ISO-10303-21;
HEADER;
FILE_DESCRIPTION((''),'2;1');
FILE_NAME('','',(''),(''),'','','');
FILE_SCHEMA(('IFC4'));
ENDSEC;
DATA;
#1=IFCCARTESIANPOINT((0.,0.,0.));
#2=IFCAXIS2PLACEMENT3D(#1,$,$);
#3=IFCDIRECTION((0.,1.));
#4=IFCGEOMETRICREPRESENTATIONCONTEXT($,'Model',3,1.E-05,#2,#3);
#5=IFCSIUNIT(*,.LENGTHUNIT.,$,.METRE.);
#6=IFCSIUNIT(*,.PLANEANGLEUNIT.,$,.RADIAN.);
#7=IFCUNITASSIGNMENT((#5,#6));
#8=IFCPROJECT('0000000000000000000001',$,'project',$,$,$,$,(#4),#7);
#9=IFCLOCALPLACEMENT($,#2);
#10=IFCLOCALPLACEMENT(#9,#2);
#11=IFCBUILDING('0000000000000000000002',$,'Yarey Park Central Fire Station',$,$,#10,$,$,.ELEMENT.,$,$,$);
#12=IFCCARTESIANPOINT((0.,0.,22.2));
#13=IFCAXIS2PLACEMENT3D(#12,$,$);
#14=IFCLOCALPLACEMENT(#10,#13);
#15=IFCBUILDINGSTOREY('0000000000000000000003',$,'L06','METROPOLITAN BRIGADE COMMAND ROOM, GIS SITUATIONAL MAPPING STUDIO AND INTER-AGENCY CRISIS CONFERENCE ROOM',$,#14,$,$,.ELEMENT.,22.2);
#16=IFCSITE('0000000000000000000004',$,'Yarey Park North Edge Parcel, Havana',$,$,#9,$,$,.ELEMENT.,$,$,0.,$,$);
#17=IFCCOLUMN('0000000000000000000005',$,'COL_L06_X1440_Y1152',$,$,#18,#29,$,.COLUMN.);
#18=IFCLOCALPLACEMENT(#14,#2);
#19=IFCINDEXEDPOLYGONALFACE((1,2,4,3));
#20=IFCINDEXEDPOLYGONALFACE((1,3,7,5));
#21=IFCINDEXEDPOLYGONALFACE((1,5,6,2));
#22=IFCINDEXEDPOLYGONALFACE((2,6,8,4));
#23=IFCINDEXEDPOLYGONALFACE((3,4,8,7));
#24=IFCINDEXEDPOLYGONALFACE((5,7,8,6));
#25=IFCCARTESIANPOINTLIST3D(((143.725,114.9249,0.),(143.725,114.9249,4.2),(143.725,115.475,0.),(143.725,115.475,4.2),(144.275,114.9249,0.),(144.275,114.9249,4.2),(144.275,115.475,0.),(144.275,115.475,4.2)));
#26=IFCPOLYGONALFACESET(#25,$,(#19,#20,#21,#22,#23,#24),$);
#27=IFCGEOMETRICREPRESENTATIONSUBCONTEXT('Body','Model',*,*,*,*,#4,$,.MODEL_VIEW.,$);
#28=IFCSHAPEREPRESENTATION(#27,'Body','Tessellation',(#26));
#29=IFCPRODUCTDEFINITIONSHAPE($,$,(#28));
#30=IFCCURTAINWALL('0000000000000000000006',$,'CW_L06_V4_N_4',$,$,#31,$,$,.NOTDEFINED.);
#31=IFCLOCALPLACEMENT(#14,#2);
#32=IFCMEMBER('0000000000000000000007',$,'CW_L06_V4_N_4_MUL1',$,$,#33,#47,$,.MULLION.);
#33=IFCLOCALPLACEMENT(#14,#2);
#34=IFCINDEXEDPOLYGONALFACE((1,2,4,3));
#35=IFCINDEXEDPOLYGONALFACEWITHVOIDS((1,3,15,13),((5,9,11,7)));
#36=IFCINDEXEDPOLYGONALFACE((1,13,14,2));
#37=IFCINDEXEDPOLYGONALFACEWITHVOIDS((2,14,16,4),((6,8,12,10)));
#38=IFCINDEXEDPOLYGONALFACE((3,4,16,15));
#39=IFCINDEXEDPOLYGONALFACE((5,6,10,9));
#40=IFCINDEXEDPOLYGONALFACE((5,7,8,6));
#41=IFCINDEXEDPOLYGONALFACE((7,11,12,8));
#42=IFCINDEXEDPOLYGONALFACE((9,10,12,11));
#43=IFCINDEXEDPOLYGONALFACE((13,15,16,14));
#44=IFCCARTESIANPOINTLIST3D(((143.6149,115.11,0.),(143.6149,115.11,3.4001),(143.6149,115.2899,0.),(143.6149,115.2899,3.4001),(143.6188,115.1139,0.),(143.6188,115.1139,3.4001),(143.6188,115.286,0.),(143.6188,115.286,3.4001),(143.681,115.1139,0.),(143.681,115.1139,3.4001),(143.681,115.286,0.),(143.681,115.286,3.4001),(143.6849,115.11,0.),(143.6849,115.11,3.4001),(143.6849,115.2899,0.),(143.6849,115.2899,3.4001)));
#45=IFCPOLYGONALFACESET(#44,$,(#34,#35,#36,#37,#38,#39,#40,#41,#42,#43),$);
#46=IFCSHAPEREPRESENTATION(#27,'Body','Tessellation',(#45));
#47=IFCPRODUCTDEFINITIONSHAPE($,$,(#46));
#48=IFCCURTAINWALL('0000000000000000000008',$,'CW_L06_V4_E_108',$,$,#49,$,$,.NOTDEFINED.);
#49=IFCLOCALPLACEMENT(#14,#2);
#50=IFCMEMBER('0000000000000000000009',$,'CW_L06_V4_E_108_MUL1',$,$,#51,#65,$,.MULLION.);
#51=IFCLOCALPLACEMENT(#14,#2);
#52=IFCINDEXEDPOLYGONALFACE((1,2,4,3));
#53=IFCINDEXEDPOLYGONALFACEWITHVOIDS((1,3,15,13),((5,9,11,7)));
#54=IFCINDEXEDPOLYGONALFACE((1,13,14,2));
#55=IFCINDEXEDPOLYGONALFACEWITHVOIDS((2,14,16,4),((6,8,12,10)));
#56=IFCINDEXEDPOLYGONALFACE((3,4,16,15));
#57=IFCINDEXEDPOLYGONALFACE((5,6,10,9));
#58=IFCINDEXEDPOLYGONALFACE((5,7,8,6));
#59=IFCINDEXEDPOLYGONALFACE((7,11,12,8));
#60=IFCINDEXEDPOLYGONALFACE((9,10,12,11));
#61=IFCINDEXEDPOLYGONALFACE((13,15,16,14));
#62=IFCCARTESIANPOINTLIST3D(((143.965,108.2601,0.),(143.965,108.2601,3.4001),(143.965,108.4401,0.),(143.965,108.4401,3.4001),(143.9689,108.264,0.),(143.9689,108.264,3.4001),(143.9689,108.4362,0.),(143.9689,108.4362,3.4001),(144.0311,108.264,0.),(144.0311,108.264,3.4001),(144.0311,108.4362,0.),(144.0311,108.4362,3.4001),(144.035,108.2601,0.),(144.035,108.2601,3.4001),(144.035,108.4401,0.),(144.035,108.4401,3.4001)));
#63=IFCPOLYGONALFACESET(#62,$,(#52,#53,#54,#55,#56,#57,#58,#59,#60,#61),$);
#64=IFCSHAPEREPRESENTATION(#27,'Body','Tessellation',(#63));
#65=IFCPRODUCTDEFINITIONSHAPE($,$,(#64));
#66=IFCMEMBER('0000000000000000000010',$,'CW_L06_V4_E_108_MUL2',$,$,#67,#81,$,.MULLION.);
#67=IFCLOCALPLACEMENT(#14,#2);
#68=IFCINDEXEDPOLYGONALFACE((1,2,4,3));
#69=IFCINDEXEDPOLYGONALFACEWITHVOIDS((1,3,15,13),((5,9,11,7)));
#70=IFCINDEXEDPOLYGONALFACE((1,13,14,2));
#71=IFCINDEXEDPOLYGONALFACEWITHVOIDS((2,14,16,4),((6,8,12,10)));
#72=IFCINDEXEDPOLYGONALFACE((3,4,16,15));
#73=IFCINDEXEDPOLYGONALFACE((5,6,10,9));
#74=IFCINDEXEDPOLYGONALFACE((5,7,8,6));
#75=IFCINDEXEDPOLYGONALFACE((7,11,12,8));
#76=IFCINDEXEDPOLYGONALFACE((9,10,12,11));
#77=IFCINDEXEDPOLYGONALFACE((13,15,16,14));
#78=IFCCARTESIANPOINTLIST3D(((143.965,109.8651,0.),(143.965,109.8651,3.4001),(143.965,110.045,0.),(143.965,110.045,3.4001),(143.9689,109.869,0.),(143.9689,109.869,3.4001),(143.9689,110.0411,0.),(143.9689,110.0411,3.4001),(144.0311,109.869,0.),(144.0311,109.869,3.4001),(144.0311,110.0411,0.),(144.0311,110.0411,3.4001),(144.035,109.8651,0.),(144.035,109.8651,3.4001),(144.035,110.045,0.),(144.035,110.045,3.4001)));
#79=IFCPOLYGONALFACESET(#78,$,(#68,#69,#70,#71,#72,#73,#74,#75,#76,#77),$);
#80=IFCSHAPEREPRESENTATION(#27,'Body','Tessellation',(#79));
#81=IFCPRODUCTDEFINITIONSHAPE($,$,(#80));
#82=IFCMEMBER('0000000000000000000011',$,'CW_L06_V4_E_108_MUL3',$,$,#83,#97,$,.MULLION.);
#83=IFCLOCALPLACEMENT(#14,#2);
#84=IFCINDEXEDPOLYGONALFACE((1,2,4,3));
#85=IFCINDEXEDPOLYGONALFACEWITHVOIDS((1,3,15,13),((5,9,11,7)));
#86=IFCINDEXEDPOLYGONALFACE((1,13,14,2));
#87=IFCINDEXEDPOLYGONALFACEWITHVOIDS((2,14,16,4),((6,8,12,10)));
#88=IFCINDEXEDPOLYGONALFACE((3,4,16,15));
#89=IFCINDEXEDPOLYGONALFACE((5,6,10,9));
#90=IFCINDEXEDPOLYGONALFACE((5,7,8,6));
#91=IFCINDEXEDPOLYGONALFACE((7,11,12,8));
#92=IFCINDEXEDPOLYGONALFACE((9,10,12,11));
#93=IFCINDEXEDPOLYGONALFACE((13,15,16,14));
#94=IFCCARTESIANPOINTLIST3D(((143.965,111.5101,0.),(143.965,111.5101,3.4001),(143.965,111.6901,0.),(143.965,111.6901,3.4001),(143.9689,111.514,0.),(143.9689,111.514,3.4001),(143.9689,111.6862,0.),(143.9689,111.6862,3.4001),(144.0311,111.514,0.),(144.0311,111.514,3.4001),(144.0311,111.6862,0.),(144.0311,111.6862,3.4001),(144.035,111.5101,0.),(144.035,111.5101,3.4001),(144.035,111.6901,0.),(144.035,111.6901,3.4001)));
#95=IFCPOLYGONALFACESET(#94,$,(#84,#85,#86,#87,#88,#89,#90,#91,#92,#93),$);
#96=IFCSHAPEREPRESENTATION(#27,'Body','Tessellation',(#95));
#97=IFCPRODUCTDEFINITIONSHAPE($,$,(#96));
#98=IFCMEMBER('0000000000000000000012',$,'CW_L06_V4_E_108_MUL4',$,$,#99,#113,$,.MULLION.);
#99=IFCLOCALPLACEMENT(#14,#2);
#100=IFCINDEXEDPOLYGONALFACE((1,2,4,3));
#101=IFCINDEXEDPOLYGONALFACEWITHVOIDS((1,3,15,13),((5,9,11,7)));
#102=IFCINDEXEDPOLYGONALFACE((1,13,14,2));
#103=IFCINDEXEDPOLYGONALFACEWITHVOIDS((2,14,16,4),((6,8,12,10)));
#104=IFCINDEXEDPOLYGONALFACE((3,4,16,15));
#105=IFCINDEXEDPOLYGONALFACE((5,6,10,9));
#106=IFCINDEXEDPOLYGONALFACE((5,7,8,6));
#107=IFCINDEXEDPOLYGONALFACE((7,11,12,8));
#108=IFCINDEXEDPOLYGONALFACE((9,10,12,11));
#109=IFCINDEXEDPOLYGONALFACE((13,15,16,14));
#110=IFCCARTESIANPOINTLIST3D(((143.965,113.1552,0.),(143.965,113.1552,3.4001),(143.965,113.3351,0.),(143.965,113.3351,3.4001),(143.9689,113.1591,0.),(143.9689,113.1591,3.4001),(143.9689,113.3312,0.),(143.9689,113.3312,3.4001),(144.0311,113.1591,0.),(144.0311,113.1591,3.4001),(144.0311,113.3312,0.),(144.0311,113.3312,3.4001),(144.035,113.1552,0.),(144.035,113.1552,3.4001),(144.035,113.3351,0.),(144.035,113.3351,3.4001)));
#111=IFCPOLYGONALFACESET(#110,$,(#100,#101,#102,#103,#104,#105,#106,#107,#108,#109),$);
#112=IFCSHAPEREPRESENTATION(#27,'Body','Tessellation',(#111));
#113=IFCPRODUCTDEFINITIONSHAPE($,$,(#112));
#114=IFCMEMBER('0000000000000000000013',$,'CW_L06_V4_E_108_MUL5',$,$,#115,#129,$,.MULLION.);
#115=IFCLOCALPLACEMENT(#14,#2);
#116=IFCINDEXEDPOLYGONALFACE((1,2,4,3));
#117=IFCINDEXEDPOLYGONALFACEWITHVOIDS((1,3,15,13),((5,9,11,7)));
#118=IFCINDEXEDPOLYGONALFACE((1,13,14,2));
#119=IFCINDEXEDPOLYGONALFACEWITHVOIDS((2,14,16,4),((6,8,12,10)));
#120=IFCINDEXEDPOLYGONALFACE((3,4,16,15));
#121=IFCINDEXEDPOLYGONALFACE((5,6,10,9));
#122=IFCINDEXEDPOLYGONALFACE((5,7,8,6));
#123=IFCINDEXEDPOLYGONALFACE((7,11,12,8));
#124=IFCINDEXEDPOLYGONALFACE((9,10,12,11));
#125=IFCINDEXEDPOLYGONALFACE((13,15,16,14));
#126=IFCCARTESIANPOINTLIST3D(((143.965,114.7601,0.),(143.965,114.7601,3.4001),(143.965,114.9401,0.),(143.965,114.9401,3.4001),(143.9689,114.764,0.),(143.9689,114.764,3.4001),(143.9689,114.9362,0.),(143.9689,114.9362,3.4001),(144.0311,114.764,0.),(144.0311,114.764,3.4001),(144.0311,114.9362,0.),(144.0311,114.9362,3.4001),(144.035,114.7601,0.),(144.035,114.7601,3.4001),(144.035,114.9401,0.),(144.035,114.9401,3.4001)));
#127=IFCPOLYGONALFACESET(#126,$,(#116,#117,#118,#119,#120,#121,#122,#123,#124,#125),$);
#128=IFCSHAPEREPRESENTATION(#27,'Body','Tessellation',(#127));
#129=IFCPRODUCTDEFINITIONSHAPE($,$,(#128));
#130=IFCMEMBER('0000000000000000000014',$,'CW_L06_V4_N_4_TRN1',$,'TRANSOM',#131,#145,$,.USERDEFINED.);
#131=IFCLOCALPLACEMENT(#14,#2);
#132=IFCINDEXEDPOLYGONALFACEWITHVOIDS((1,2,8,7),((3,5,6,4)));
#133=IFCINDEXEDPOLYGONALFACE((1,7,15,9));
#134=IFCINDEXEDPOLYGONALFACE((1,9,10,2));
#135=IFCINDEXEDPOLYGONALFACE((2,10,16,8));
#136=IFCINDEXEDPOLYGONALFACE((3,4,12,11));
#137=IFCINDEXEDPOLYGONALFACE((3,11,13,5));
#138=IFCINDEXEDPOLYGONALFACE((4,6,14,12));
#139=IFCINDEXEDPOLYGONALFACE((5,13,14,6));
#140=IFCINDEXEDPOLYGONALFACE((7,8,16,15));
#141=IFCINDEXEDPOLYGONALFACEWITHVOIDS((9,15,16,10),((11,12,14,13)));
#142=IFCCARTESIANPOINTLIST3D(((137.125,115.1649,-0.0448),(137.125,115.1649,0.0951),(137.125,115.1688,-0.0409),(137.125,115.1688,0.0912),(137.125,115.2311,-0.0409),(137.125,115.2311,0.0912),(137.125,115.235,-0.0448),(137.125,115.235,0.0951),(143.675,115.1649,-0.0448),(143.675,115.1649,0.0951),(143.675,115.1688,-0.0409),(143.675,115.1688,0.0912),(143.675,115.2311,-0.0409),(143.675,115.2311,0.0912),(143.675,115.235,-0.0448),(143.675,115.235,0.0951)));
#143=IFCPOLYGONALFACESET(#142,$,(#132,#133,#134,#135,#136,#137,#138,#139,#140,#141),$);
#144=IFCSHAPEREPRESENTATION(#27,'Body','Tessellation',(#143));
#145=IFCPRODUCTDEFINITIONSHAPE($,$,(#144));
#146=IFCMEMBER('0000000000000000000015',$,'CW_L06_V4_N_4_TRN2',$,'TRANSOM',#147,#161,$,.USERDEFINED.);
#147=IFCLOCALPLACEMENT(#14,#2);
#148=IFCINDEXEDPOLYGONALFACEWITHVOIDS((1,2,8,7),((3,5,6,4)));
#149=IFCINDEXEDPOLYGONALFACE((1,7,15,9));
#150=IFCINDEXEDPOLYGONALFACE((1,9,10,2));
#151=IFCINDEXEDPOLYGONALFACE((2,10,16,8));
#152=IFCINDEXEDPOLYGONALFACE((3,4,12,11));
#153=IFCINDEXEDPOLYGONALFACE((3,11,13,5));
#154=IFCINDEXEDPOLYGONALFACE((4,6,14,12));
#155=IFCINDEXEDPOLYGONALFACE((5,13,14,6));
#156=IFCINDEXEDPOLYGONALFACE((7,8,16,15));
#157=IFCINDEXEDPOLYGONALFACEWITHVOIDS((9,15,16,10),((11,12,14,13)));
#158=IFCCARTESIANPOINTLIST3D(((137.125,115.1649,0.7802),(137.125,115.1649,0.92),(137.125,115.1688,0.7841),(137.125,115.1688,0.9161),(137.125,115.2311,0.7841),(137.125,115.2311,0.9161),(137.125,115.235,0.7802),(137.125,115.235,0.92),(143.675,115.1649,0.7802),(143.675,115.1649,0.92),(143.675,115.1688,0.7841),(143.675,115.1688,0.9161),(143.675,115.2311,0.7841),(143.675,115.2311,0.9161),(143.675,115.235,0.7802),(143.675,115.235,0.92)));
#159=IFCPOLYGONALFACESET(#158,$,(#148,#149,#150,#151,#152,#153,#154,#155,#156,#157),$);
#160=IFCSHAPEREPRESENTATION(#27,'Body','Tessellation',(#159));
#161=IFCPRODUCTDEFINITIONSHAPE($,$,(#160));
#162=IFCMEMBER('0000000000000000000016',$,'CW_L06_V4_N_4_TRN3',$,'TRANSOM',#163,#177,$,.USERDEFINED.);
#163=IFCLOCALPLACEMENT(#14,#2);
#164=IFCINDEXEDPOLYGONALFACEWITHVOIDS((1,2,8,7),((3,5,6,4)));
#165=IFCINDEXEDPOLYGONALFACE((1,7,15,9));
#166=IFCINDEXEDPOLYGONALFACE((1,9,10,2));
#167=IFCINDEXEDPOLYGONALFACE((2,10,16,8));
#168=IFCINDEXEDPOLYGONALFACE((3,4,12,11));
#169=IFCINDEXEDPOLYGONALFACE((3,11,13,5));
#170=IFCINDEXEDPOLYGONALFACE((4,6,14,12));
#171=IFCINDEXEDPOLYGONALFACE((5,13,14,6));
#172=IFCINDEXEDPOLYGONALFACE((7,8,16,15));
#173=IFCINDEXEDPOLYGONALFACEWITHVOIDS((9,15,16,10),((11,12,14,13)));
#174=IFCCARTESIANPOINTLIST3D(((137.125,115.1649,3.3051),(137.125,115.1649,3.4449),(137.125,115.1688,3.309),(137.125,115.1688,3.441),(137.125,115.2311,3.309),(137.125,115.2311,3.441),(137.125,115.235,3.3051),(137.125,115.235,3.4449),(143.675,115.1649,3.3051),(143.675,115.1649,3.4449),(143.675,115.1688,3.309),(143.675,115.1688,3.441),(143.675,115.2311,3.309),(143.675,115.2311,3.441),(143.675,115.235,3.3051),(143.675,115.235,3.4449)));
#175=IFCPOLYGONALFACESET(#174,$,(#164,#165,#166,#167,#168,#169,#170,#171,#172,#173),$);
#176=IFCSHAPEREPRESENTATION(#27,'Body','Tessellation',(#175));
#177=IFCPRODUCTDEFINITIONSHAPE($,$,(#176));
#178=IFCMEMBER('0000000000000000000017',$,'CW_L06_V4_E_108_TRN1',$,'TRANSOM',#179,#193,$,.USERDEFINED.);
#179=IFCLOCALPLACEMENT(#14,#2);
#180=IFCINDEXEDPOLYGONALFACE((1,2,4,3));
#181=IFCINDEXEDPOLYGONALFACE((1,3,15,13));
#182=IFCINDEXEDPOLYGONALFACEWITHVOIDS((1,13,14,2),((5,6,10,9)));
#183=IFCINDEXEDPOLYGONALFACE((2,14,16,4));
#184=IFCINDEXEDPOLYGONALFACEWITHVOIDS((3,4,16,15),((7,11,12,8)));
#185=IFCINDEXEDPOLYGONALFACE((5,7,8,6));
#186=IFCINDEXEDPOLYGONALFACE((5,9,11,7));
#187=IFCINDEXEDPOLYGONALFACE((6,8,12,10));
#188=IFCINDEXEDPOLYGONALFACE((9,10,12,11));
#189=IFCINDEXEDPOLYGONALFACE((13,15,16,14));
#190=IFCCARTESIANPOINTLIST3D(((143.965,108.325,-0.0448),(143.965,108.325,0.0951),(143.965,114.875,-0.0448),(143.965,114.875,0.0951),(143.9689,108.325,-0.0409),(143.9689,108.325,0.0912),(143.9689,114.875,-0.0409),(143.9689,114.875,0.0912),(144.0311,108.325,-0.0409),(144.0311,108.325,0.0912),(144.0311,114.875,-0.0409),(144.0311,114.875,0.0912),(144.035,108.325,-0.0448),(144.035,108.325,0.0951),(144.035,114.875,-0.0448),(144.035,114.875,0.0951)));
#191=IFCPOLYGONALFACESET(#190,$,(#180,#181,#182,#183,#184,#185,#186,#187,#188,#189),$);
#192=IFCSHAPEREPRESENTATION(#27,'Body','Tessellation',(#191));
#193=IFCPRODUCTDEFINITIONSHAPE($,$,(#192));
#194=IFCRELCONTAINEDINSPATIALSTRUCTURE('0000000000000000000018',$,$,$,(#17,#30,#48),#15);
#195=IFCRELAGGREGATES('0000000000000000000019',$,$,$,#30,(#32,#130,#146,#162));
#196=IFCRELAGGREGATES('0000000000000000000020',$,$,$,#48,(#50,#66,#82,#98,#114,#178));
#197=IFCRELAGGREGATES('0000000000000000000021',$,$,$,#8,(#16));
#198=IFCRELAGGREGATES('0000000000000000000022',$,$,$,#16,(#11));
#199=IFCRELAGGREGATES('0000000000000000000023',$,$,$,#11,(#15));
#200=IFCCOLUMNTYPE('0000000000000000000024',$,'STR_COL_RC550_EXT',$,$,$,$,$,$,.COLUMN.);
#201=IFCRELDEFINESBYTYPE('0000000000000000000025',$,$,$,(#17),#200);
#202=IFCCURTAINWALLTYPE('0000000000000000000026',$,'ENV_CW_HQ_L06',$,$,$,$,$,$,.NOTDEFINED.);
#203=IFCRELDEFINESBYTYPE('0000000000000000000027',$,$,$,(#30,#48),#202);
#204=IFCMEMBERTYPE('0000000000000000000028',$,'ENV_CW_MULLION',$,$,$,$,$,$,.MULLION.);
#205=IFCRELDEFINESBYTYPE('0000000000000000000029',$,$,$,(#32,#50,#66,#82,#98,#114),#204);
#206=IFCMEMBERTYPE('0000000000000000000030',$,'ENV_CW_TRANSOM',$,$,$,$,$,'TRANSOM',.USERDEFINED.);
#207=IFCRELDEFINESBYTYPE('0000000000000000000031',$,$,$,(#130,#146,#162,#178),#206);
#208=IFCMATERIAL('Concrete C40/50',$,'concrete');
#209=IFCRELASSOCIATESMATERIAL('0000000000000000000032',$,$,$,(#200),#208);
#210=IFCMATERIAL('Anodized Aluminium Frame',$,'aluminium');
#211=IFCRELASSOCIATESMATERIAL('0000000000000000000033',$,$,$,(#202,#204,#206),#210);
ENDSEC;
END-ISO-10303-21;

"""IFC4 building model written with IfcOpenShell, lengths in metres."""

from ifc_helpers import new_model, si_unit, direction, frame, origin, origin_2d, place, context, subcontext, project, spatial, rectangle, hollow_rectangle, extrude, material, material_profile, profile_set, type_object, element, aggregate, save


model = new_model("IFC4")

# Units and contexts
model_context = context("Model", 3, precision=1e-05, world=origin(), true_north=direction((0.0, 1.0)))
body_context = subcontext(model_context, "Body", "Model", "MODEL_VIEW")
ifc_project = project(units=[si_unit("LENGTHUNIT", "METRE"), si_unit("PLANEANGLEUNIT", "RADIAN")], contexts=[model_context])

# Site, building, storey
site_placement = place(None, origin())
site = spatial("IfcSite", under=ifc_project, at=site_placement, Name="Yarey Park North Edge Parcel, Havana", CompositionType="ELEMENT", RefElevation=0.0)
building_placement = place(site_placement, origin())
building = spatial("IfcBuilding", under=site, at=building_placement, Name="Yarey Park Central Fire Station", CompositionType="ELEMENT")
storey_placement = place(building_placement, frame((0.0, 0.0, 22.2)))
storey = spatial("IfcBuildingStorey", under=building, at=storey_placement, Name="L06", Description="METROPOLITAN BRIGADE COMMAND ROOM, GIS SITUATIONAL MAPPING STUDIO AND INTER-AGENCY CRISIS CONFERENCE ROOM", CompositionType="ELEMENT", Elevation=22.2)

# Column
ifc_material_1 = material(Name="Concrete C40/50", Category="concrete")
ifc_material_profile_1 = material_profile(ifc_material_1, rectangle(XDim=0.55, YDim=0.55, at=origin_2d()), Name="RC 550x550")
ifc_profile_set_1 = profile_set([ifc_material_profile_1], Name="Concrete C40/50")
column_type = type_object("IfcColumnType", Name="STR_COL_RC550_EXT", PredefinedType="COLUMN", material=ifc_profile_set_1)
column_placement = place(storey_placement, frame((144.0, 115.2, 0.0), z_axis=(0.0, 0.0, 1.0), x_axis=(1.0, 0.0, 0.0)))
element("IfcColumn", 1, at=column_placement, inside=storey, type_object=column_type, Name="COL_L06_X1440_Y1152", PredefinedType="COLUMN", context=body_context, shape_type="SweptSolid", body=[
    extrude(rectangle(XDim=0.55, YDim=0.55, at=origin_2d()), origin(), (0.0, 0.0, 1.0), 4.2),
])

# Curtain wall, member
ifc_material_2 = material(Name="Anodized Aluminium Frame", Category="aluminium")
curtain_wall_type = type_object("IfcCurtainWallType", Name="ENV_CW_HQ_L06", PredefinedType="NOTDEFINED", material=ifc_material_2)
curtain_wall_1_placement = place(storey_placement, origin())
curtain_wall_1 = element("IfcCurtainWall", 2, at=curtain_wall_1_placement, inside=storey, type_object=curtain_wall_type, Name="CW_L06_V4_N_4", PredefinedType="NOTDEFINED")
ifc_material_profile_2 = material_profile(ifc_material_2, hollow_rectangle(XDim=0.0701, YDim=0.1799, WallThickness=0.0039, at=origin_2d()), Name="ALU 180x70x4")
ifc_profile_set_2 = profile_set([ifc_material_profile_2], Name="Anodized Aluminium Frame")
member_type_1 = type_object("IfcMemberType", Name="ENV_CW_MULLION", PredefinedType="MULLION", material=ifc_profile_set_2)
member_1_placement = place(storey_placement, frame((143.6499, 115.2, 0.0), z_axis=(0.0, 0.0, 1.0), x_axis=(1.0, 0.0, 0.0)))
member_1 = element("IfcMember", 3, at=member_1_placement, type_object=member_type_1, Name="CW_L06_V4_N_4_MUL1", PredefinedType="MULLION", context=body_context, shape_type="SweptSolid", body=[
    extrude(hollow_rectangle(XDim=0.0701, YDim=0.1799, WallThickness=0.0039, at=origin_2d()), origin(), (0.0, 0.0, 1.0), 3.4001),
])

# Curtain wall, members
curtain_wall_2_placement = place(storey_placement, origin())
curtain_wall_2 = element("IfcCurtainWall", 4, at=curtain_wall_2_placement, inside=storey, type_object=curtain_wall_type, Name="CW_L06_V4_E_108", PredefinedType="NOTDEFINED")
member_2_placement = place(storey_placement, frame((144.0, 108.3501, 0.0), z_axis=(0.0, 0.0, 1.0), x_axis=(1.0, 0.0, 0.0)))
member_2 = element("IfcMember", 5, at=member_2_placement, type_object=member_type_1, Name="CW_L06_V4_E_108_MUL1", PredefinedType="MULLION", context=body_context, shape_type="SweptSolid", body=[
    extrude(hollow_rectangle(XDim=0.0701, YDim=0.1799, WallThickness=0.0039, at=origin_2d()), origin(), (0.0, 0.0, 1.0), 3.4001),
])
member_3_placement = place(storey_placement, frame((144.0, 109.9551, 0.0), z_axis=(0.0, 0.0, 1.0), x_axis=(1.0, 0.0, 0.0)))
member_3 = element("IfcMember", 6, at=member_3_placement, type_object=member_type_1, Name="CW_L06_V4_E_108_MUL2", PredefinedType="MULLION", context=body_context, shape_type="SweptSolid", body=[
    extrude(hollow_rectangle(XDim=0.0701, YDim=0.1799, WallThickness=0.0039, at=origin_2d()), origin(), (0.0, 0.0, 1.0), 3.4001),
])
member_4_placement = place(storey_placement, frame((144.0, 111.6001, 0.0), z_axis=(0.0, 0.0, 1.0), x_axis=(1.0, 0.0, 0.0)))
member_4 = element("IfcMember", 7, at=member_4_placement, type_object=member_type_1, Name="CW_L06_V4_E_108_MUL3", PredefinedType="MULLION", context=body_context, shape_type="SweptSolid", body=[
    extrude(hollow_rectangle(XDim=0.0701, YDim=0.1799, WallThickness=0.0039, at=origin_2d()), origin(), (0.0, 0.0, 1.0), 3.4001),
])
member_5_placement = place(storey_placement, frame((144.0, 113.2451, 0.0), z_axis=(0.0, 0.0, 1.0), x_axis=(1.0, 0.0, 0.0)))
member_5 = element("IfcMember", 8, at=member_5_placement, type_object=member_type_1, Name="CW_L06_V4_E_108_MUL4", PredefinedType="MULLION", context=body_context, shape_type="SweptSolid", body=[
    extrude(hollow_rectangle(XDim=0.0701, YDim=0.1799, WallThickness=0.0039, at=origin_2d()), origin(), (0.0, 0.0, 1.0), 3.4001),
])
member_6_placement = place(storey_placement, frame((144.0, 114.8501, 0.0), z_axis=(0.0, 0.0, 1.0), x_axis=(1.0, 0.0, 0.0)))
member_6 = element("IfcMember", 9, at=member_6_placement, type_object=member_type_1, Name="CW_L06_V4_E_108_MUL5", PredefinedType="MULLION", context=body_context, shape_type="SweptSolid", body=[
    extrude(hollow_rectangle(XDim=0.0701, YDim=0.1799, WallThickness=0.0039, at=origin_2d()), origin(), (0.0, 0.0, 1.0), 3.4001),
])

# Members
ifc_material_profile_3 = material_profile(ifc_material_2, hollow_rectangle(XDim=0.0701, YDim=0.1399, WallThickness=0.0039, at=origin_2d()), Name="ALU 140x70x4")
ifc_profile_set_3 = profile_set([ifc_material_profile_3], Name="Anodized Aluminium Frame")
member_type_2 = type_object("IfcMemberType", Name="ENV_CW_TRANSOM", ElementType="TRANSOM", PredefinedType="USERDEFINED", material=ifc_profile_set_3)
member_7_placement = place(storey_placement, frame((143.675, 115.2, 0.0251), z_axis=(-1.0, 0.0, 0.0), x_axis=(0.0, -1.0, 0.0)))
member_7 = element("IfcMember", 10, at=member_7_placement, type_object=member_type_2, Name="CW_L06_V4_N_4_TRN1", ObjectType="TRANSOM", PredefinedType="USERDEFINED", context=body_context, shape_type="SweptSolid", body=[
    extrude(hollow_rectangle(XDim=0.0701, YDim=0.1399, WallThickness=0.0039, at=origin_2d()), origin(), (0.0, 0.0, 1.0), 6.55),
])
member_8_placement = place(storey_placement, frame((143.675, 115.2, 0.8501), z_axis=(-1.0, 0.0, 0.0), x_axis=(0.0, -1.0, 0.0)))
member_8 = element("IfcMember", 11, at=member_8_placement, type_object=member_type_2, Name="CW_L06_V4_N_4_TRN2", ObjectType="TRANSOM", PredefinedType="USERDEFINED", context=body_context, shape_type="SweptSolid", body=[
    extrude(hollow_rectangle(XDim=0.0701, YDim=0.1399, WallThickness=0.0039, at=origin_2d()), origin(), (0.0, 0.0, 1.0), 6.55),
])
member_9_placement = place(storey_placement, frame((143.675, 115.2, 3.375), z_axis=(-1.0, 0.0, 0.0), x_axis=(0.0, -1.0, 0.0)))
member_9 = element("IfcMember", 12, at=member_9_placement, type_object=member_type_2, Name="CW_L06_V4_N_4_TRN3", ObjectType="TRANSOM", PredefinedType="USERDEFINED", context=body_context, shape_type="SweptSolid", body=[
    extrude(hollow_rectangle(XDim=0.0701, YDim=0.1399, WallThickness=0.0039, at=origin_2d()), origin(), (0.0, 0.0, 1.0), 6.55),
])
aggregate(curtain_wall_1, [member_1, member_7, member_8, member_9])
member_10_placement = place(storey_placement, frame((144.0, 108.325, 0.0251), z_axis=(0.0, 1.0, 0.0), x_axis=(-1.0, 0.0, 0.0)))
member_10 = element("IfcMember", 13, at=member_10_placement, type_object=member_type_2, Name="CW_L06_V4_E_108_TRN1", ObjectType="TRANSOM", PredefinedType="USERDEFINED", context=body_context, shape_type="SweptSolid", body=[
    extrude(hollow_rectangle(XDim=0.0701, YDim=0.1399, WallThickness=0.0039, at=origin_2d()), origin(), (0.0, 0.0, 1.0), 6.55),
])

aggregate(curtain_wall_2, [member_2, member_3, member_4, member_5, member_6, member_10])

save(model, "model.ifc")
